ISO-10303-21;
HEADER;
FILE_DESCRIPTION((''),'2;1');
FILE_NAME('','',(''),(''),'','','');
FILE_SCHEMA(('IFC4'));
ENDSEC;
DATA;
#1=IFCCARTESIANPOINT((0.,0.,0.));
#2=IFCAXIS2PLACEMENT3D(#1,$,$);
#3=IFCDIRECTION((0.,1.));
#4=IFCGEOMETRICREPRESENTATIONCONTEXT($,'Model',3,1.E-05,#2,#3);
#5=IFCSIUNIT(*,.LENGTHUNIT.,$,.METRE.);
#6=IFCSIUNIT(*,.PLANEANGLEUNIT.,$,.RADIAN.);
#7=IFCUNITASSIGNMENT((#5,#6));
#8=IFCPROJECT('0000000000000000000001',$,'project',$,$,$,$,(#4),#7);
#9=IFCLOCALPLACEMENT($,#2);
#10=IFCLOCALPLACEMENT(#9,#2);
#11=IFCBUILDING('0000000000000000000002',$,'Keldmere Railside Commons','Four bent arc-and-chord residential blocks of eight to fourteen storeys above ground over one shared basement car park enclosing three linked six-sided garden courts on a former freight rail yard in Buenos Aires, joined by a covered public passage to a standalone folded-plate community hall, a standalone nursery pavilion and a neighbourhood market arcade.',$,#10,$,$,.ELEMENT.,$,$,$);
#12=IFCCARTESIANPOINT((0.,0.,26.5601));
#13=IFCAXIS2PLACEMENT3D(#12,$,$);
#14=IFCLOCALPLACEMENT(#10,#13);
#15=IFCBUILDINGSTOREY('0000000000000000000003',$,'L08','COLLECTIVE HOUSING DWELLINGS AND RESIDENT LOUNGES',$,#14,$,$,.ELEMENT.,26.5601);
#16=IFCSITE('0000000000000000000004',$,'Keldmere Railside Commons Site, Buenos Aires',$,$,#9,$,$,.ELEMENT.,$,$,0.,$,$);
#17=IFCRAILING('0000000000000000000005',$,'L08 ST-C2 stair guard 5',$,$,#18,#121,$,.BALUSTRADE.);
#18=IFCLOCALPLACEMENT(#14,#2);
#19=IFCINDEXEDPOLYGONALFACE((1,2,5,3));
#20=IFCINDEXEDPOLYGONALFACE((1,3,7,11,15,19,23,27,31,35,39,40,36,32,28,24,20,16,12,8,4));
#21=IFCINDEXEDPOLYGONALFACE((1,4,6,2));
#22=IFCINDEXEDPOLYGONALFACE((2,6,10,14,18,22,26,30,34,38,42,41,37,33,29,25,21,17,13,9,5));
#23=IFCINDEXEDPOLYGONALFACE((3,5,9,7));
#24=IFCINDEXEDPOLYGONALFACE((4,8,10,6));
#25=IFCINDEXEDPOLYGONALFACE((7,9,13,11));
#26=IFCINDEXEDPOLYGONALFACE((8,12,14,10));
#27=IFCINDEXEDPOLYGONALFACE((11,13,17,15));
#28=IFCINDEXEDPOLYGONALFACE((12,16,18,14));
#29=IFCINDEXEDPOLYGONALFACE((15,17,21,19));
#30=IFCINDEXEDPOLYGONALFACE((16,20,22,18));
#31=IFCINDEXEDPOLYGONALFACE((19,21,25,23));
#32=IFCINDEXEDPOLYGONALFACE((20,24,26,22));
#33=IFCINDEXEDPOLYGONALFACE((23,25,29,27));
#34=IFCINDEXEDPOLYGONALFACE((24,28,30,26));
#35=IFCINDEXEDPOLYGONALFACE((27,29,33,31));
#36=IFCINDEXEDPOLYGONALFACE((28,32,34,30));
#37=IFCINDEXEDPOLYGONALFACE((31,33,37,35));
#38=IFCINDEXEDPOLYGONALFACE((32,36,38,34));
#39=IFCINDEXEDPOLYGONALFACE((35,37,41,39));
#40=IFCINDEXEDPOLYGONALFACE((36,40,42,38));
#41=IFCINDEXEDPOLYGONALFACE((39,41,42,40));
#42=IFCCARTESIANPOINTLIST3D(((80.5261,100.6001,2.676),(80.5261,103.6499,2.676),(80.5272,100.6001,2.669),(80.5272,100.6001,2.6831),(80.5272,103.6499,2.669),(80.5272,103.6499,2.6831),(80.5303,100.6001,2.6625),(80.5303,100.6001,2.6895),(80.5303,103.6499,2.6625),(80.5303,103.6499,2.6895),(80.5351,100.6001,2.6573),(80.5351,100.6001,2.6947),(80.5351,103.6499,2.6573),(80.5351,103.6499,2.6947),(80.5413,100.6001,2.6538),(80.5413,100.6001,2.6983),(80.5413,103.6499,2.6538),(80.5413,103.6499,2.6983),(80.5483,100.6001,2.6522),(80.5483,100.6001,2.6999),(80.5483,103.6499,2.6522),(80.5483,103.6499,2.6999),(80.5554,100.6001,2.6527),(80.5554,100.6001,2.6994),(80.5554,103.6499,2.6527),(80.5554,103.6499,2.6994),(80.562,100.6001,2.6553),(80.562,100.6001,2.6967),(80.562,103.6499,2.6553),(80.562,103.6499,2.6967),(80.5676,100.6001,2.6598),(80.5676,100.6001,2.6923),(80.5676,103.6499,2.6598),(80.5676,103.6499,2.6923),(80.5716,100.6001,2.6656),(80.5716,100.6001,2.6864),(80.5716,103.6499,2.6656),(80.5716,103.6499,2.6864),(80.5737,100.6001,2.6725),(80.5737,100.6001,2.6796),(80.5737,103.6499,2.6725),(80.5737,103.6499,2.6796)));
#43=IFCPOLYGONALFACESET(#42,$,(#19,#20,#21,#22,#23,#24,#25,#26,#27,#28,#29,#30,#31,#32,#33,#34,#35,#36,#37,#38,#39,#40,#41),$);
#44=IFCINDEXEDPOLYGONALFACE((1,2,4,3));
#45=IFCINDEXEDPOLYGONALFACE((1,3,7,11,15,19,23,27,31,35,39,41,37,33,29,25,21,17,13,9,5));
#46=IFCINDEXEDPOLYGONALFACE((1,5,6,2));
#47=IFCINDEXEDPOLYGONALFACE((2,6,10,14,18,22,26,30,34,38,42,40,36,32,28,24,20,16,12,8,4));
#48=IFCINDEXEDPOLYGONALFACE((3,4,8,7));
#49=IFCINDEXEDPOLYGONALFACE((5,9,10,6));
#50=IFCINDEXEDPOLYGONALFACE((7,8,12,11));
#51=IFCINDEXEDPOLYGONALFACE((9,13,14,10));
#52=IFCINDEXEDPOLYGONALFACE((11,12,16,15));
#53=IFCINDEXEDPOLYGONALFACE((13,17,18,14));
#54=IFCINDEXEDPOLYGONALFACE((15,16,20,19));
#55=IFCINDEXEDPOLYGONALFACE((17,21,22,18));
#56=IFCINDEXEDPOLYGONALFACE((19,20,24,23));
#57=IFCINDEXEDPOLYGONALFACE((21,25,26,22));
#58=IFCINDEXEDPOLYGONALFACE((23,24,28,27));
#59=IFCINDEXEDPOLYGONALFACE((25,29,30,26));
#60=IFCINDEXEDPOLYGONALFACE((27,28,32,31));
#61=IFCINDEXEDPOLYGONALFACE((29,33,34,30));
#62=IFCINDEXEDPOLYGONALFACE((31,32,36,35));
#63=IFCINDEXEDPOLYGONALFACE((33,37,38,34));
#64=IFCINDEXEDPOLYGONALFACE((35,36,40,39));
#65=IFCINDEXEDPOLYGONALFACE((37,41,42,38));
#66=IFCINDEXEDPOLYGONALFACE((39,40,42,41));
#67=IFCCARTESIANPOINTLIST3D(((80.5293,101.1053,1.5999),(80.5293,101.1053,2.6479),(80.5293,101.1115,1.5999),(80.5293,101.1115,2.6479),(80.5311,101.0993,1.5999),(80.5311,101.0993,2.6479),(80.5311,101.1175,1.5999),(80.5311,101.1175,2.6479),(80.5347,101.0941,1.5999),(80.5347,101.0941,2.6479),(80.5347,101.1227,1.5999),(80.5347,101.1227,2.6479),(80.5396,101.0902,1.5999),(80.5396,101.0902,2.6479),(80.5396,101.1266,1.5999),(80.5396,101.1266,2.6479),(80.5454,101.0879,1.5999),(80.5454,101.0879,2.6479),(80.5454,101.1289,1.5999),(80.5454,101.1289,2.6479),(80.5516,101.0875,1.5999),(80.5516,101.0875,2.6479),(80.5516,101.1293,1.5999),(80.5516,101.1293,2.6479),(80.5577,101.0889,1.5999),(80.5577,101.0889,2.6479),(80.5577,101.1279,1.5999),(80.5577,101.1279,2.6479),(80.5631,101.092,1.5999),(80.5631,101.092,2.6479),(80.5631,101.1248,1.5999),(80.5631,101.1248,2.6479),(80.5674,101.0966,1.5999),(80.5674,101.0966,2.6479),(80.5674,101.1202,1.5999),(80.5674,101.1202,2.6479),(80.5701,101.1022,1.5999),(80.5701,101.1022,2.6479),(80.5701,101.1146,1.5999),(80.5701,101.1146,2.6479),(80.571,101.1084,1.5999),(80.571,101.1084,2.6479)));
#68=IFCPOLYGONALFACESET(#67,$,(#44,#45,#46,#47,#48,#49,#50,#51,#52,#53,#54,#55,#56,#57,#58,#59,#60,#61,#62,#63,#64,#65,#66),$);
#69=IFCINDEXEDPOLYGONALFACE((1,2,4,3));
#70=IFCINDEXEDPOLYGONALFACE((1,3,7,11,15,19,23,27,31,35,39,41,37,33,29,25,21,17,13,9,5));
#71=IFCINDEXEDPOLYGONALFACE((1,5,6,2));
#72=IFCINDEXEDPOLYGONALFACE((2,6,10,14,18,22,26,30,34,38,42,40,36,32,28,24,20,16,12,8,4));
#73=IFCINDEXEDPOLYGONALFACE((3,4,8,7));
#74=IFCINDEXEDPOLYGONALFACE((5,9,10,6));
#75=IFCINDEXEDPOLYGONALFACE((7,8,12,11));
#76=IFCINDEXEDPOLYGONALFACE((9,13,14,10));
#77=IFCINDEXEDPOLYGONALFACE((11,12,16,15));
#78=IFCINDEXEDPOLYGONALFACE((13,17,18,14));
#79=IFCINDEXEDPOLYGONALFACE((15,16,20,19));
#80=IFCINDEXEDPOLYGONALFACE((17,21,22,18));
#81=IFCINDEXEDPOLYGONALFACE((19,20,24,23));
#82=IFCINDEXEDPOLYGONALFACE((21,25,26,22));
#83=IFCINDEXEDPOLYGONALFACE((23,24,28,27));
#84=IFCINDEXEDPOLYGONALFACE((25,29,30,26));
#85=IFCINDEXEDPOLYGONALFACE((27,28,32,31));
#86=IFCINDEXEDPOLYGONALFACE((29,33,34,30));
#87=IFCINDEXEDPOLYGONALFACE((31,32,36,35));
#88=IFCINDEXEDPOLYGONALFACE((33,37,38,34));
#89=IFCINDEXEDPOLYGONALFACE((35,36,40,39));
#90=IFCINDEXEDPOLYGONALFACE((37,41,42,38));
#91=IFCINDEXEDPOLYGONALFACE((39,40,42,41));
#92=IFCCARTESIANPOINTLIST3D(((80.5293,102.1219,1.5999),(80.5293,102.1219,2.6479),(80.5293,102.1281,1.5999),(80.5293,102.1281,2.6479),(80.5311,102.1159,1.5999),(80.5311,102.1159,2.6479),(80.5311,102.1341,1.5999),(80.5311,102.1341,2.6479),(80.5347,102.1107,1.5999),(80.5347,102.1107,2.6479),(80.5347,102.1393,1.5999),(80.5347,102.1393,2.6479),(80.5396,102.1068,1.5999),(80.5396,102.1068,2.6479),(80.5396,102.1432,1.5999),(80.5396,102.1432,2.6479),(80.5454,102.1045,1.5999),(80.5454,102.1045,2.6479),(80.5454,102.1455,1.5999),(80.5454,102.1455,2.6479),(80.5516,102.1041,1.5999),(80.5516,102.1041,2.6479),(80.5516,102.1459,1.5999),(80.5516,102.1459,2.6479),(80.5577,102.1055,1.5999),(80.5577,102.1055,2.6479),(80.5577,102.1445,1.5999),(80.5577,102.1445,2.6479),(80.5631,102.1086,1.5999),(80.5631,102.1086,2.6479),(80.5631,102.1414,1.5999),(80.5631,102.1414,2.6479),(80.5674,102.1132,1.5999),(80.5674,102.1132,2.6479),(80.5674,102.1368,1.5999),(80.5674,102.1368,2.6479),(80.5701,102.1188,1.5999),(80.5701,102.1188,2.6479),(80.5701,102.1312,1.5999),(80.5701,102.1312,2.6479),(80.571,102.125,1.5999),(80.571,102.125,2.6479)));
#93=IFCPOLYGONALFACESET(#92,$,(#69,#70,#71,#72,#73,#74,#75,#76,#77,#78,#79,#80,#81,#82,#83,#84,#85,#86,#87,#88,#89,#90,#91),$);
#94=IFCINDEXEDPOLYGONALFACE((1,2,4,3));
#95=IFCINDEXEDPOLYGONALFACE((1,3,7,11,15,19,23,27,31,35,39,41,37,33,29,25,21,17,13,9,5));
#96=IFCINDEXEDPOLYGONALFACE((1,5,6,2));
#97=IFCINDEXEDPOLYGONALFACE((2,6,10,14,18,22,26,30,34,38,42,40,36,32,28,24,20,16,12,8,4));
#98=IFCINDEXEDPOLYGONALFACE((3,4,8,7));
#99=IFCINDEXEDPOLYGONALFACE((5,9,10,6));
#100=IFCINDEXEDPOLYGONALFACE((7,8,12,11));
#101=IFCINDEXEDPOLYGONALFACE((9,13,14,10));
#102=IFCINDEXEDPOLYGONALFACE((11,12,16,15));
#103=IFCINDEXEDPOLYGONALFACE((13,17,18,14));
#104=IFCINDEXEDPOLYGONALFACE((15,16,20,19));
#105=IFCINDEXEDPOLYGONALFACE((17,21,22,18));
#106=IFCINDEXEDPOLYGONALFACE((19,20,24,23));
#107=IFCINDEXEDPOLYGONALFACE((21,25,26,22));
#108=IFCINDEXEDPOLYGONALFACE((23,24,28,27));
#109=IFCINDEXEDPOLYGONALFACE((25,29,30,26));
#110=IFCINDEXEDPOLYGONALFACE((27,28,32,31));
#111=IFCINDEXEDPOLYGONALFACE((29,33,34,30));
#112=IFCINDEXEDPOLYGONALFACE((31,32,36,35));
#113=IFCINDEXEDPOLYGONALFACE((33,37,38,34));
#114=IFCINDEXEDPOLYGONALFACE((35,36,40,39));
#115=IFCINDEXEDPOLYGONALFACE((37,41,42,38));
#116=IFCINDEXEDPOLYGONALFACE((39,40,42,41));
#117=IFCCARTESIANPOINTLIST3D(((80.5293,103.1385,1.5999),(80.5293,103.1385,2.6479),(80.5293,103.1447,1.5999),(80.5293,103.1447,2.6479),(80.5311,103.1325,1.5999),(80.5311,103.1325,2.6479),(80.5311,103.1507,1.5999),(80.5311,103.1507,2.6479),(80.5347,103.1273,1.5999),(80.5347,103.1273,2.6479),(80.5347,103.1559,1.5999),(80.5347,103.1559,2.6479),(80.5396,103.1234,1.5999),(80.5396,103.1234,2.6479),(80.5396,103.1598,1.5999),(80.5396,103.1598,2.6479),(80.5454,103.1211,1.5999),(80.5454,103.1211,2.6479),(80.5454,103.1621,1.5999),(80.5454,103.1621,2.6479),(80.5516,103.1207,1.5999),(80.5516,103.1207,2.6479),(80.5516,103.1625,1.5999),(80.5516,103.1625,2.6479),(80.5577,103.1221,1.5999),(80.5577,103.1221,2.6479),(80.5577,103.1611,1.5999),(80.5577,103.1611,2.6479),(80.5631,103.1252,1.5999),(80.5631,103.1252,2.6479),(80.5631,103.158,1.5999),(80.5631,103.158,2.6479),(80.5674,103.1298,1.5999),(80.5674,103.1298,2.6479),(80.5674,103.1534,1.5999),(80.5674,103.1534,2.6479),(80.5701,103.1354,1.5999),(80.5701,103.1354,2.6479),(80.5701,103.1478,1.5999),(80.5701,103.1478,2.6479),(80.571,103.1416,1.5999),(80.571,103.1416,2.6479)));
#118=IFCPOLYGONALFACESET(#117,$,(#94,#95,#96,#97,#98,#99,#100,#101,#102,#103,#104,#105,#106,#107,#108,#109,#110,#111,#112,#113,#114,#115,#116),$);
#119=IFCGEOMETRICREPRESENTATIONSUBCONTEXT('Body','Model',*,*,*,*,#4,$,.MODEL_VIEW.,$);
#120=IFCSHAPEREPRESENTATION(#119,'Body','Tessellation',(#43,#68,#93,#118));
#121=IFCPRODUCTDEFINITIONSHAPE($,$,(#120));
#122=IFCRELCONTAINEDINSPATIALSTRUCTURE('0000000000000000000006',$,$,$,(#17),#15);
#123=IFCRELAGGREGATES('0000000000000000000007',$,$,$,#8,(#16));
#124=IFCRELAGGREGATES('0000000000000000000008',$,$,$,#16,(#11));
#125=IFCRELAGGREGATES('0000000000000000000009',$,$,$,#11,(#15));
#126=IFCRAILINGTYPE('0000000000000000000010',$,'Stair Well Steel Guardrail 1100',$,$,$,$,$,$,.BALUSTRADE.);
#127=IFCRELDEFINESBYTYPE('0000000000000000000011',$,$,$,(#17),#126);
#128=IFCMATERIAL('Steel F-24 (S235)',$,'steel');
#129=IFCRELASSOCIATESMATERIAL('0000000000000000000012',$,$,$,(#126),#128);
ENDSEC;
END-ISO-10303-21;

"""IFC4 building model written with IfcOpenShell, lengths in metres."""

from ifc_helpers import new_model, si_unit, direction, frame, origin, origin_2d, place, context, subcontext, project, spatial, circle, extrude, material, type_object, element, save


model = new_model("IFC4")

# Units and contexts
model_context = context("Model", 3, precision=1e-05, world=origin(), true_north=direction((0.0, 1.0)))
body_context = subcontext(model_context, "Body", "Model", "MODEL_VIEW")
ifc_project = project(units=[si_unit("LENGTHUNIT", "METRE"), si_unit("PLANEANGLEUNIT", "RADIAN")], contexts=[model_context])

# Site, building, storey
site_placement = place(None, origin())
site = spatial("IfcSite", under=ifc_project, at=site_placement, Name="Keldmere Railside Commons Site, Buenos Aires", CompositionType="ELEMENT", RefElevation=0.0)
building_placement = place(site_placement, origin())
building = spatial("IfcBuilding", under=site, at=building_placement, Name="Keldmere Railside Commons", Description="Four bent arc-and-chord residential blocks of eight to fourteen storeys above ground over one shared basement car park enclosing three linked six-sided garden courts on a former freight rail yard in Buenos Aires, joined by a covered public passage to a standalone folded-plate community hall, a standalone nursery pavilion and a neighbourhood market arcade.", CompositionType="ELEMENT")
storey_placement = place(building_placement, frame((0.0, 0.0, 26.5601)))
storey = spatial("IfcBuildingStorey", under=building, at=storey_placement, Name="L08", Description="COLLECTIVE HOUSING DWELLINGS AND RESIDENT LOUNGES", CompositionType="ELEMENT", Elevation=26.5601)

# Railing
ifc_material_1 = material(Name="Steel F-24 (S235)", Category="steel")
railing_type = type_object("IfcRailingType", Name="Stair Well Steel Guardrail 1100", PredefinedType="BALUSTRADE", material=ifc_material_1)
railing_1_placement = place(storey_placement, frame((80.55, 100.6001, 1.5999)))
element("IfcRailing", 1, at=railing_1_placement, inside=storey, type_object=railing_type, Name="L08 ST-C2 stair guard 5", PredefinedType="BALUSTRADE", context=body_context, shape_type="SweptSolid", body=[
    extrude(circle(Radius=0.0239, at=origin_2d()), frame((0.0, 0.0, 1.0762), z_axis=(0.0, 1.0, 0.0), x_axis=(-1.0, 0.0, 0.0)), (0.0, 0.0, 1.0), 3.0498),
    extrude(circle(Radius=0.021, at=origin_2d()), frame((0.0, 0.5083, 0.0)), (0.0, 0.0, 1.0), 1.0481),
    extrude(circle(Radius=0.021, at=origin_2d()), frame((0.0, 1.5249, 0.0)), (0.0, 0.0, 1.0), 1.0481),
    extrude(circle(Radius=0.021, at=origin_2d()), frame((0.0, 2.5415, 0.0)), (0.0, 0.0, 1.0), 1.0481),
])

save(model, "model.ifc")
